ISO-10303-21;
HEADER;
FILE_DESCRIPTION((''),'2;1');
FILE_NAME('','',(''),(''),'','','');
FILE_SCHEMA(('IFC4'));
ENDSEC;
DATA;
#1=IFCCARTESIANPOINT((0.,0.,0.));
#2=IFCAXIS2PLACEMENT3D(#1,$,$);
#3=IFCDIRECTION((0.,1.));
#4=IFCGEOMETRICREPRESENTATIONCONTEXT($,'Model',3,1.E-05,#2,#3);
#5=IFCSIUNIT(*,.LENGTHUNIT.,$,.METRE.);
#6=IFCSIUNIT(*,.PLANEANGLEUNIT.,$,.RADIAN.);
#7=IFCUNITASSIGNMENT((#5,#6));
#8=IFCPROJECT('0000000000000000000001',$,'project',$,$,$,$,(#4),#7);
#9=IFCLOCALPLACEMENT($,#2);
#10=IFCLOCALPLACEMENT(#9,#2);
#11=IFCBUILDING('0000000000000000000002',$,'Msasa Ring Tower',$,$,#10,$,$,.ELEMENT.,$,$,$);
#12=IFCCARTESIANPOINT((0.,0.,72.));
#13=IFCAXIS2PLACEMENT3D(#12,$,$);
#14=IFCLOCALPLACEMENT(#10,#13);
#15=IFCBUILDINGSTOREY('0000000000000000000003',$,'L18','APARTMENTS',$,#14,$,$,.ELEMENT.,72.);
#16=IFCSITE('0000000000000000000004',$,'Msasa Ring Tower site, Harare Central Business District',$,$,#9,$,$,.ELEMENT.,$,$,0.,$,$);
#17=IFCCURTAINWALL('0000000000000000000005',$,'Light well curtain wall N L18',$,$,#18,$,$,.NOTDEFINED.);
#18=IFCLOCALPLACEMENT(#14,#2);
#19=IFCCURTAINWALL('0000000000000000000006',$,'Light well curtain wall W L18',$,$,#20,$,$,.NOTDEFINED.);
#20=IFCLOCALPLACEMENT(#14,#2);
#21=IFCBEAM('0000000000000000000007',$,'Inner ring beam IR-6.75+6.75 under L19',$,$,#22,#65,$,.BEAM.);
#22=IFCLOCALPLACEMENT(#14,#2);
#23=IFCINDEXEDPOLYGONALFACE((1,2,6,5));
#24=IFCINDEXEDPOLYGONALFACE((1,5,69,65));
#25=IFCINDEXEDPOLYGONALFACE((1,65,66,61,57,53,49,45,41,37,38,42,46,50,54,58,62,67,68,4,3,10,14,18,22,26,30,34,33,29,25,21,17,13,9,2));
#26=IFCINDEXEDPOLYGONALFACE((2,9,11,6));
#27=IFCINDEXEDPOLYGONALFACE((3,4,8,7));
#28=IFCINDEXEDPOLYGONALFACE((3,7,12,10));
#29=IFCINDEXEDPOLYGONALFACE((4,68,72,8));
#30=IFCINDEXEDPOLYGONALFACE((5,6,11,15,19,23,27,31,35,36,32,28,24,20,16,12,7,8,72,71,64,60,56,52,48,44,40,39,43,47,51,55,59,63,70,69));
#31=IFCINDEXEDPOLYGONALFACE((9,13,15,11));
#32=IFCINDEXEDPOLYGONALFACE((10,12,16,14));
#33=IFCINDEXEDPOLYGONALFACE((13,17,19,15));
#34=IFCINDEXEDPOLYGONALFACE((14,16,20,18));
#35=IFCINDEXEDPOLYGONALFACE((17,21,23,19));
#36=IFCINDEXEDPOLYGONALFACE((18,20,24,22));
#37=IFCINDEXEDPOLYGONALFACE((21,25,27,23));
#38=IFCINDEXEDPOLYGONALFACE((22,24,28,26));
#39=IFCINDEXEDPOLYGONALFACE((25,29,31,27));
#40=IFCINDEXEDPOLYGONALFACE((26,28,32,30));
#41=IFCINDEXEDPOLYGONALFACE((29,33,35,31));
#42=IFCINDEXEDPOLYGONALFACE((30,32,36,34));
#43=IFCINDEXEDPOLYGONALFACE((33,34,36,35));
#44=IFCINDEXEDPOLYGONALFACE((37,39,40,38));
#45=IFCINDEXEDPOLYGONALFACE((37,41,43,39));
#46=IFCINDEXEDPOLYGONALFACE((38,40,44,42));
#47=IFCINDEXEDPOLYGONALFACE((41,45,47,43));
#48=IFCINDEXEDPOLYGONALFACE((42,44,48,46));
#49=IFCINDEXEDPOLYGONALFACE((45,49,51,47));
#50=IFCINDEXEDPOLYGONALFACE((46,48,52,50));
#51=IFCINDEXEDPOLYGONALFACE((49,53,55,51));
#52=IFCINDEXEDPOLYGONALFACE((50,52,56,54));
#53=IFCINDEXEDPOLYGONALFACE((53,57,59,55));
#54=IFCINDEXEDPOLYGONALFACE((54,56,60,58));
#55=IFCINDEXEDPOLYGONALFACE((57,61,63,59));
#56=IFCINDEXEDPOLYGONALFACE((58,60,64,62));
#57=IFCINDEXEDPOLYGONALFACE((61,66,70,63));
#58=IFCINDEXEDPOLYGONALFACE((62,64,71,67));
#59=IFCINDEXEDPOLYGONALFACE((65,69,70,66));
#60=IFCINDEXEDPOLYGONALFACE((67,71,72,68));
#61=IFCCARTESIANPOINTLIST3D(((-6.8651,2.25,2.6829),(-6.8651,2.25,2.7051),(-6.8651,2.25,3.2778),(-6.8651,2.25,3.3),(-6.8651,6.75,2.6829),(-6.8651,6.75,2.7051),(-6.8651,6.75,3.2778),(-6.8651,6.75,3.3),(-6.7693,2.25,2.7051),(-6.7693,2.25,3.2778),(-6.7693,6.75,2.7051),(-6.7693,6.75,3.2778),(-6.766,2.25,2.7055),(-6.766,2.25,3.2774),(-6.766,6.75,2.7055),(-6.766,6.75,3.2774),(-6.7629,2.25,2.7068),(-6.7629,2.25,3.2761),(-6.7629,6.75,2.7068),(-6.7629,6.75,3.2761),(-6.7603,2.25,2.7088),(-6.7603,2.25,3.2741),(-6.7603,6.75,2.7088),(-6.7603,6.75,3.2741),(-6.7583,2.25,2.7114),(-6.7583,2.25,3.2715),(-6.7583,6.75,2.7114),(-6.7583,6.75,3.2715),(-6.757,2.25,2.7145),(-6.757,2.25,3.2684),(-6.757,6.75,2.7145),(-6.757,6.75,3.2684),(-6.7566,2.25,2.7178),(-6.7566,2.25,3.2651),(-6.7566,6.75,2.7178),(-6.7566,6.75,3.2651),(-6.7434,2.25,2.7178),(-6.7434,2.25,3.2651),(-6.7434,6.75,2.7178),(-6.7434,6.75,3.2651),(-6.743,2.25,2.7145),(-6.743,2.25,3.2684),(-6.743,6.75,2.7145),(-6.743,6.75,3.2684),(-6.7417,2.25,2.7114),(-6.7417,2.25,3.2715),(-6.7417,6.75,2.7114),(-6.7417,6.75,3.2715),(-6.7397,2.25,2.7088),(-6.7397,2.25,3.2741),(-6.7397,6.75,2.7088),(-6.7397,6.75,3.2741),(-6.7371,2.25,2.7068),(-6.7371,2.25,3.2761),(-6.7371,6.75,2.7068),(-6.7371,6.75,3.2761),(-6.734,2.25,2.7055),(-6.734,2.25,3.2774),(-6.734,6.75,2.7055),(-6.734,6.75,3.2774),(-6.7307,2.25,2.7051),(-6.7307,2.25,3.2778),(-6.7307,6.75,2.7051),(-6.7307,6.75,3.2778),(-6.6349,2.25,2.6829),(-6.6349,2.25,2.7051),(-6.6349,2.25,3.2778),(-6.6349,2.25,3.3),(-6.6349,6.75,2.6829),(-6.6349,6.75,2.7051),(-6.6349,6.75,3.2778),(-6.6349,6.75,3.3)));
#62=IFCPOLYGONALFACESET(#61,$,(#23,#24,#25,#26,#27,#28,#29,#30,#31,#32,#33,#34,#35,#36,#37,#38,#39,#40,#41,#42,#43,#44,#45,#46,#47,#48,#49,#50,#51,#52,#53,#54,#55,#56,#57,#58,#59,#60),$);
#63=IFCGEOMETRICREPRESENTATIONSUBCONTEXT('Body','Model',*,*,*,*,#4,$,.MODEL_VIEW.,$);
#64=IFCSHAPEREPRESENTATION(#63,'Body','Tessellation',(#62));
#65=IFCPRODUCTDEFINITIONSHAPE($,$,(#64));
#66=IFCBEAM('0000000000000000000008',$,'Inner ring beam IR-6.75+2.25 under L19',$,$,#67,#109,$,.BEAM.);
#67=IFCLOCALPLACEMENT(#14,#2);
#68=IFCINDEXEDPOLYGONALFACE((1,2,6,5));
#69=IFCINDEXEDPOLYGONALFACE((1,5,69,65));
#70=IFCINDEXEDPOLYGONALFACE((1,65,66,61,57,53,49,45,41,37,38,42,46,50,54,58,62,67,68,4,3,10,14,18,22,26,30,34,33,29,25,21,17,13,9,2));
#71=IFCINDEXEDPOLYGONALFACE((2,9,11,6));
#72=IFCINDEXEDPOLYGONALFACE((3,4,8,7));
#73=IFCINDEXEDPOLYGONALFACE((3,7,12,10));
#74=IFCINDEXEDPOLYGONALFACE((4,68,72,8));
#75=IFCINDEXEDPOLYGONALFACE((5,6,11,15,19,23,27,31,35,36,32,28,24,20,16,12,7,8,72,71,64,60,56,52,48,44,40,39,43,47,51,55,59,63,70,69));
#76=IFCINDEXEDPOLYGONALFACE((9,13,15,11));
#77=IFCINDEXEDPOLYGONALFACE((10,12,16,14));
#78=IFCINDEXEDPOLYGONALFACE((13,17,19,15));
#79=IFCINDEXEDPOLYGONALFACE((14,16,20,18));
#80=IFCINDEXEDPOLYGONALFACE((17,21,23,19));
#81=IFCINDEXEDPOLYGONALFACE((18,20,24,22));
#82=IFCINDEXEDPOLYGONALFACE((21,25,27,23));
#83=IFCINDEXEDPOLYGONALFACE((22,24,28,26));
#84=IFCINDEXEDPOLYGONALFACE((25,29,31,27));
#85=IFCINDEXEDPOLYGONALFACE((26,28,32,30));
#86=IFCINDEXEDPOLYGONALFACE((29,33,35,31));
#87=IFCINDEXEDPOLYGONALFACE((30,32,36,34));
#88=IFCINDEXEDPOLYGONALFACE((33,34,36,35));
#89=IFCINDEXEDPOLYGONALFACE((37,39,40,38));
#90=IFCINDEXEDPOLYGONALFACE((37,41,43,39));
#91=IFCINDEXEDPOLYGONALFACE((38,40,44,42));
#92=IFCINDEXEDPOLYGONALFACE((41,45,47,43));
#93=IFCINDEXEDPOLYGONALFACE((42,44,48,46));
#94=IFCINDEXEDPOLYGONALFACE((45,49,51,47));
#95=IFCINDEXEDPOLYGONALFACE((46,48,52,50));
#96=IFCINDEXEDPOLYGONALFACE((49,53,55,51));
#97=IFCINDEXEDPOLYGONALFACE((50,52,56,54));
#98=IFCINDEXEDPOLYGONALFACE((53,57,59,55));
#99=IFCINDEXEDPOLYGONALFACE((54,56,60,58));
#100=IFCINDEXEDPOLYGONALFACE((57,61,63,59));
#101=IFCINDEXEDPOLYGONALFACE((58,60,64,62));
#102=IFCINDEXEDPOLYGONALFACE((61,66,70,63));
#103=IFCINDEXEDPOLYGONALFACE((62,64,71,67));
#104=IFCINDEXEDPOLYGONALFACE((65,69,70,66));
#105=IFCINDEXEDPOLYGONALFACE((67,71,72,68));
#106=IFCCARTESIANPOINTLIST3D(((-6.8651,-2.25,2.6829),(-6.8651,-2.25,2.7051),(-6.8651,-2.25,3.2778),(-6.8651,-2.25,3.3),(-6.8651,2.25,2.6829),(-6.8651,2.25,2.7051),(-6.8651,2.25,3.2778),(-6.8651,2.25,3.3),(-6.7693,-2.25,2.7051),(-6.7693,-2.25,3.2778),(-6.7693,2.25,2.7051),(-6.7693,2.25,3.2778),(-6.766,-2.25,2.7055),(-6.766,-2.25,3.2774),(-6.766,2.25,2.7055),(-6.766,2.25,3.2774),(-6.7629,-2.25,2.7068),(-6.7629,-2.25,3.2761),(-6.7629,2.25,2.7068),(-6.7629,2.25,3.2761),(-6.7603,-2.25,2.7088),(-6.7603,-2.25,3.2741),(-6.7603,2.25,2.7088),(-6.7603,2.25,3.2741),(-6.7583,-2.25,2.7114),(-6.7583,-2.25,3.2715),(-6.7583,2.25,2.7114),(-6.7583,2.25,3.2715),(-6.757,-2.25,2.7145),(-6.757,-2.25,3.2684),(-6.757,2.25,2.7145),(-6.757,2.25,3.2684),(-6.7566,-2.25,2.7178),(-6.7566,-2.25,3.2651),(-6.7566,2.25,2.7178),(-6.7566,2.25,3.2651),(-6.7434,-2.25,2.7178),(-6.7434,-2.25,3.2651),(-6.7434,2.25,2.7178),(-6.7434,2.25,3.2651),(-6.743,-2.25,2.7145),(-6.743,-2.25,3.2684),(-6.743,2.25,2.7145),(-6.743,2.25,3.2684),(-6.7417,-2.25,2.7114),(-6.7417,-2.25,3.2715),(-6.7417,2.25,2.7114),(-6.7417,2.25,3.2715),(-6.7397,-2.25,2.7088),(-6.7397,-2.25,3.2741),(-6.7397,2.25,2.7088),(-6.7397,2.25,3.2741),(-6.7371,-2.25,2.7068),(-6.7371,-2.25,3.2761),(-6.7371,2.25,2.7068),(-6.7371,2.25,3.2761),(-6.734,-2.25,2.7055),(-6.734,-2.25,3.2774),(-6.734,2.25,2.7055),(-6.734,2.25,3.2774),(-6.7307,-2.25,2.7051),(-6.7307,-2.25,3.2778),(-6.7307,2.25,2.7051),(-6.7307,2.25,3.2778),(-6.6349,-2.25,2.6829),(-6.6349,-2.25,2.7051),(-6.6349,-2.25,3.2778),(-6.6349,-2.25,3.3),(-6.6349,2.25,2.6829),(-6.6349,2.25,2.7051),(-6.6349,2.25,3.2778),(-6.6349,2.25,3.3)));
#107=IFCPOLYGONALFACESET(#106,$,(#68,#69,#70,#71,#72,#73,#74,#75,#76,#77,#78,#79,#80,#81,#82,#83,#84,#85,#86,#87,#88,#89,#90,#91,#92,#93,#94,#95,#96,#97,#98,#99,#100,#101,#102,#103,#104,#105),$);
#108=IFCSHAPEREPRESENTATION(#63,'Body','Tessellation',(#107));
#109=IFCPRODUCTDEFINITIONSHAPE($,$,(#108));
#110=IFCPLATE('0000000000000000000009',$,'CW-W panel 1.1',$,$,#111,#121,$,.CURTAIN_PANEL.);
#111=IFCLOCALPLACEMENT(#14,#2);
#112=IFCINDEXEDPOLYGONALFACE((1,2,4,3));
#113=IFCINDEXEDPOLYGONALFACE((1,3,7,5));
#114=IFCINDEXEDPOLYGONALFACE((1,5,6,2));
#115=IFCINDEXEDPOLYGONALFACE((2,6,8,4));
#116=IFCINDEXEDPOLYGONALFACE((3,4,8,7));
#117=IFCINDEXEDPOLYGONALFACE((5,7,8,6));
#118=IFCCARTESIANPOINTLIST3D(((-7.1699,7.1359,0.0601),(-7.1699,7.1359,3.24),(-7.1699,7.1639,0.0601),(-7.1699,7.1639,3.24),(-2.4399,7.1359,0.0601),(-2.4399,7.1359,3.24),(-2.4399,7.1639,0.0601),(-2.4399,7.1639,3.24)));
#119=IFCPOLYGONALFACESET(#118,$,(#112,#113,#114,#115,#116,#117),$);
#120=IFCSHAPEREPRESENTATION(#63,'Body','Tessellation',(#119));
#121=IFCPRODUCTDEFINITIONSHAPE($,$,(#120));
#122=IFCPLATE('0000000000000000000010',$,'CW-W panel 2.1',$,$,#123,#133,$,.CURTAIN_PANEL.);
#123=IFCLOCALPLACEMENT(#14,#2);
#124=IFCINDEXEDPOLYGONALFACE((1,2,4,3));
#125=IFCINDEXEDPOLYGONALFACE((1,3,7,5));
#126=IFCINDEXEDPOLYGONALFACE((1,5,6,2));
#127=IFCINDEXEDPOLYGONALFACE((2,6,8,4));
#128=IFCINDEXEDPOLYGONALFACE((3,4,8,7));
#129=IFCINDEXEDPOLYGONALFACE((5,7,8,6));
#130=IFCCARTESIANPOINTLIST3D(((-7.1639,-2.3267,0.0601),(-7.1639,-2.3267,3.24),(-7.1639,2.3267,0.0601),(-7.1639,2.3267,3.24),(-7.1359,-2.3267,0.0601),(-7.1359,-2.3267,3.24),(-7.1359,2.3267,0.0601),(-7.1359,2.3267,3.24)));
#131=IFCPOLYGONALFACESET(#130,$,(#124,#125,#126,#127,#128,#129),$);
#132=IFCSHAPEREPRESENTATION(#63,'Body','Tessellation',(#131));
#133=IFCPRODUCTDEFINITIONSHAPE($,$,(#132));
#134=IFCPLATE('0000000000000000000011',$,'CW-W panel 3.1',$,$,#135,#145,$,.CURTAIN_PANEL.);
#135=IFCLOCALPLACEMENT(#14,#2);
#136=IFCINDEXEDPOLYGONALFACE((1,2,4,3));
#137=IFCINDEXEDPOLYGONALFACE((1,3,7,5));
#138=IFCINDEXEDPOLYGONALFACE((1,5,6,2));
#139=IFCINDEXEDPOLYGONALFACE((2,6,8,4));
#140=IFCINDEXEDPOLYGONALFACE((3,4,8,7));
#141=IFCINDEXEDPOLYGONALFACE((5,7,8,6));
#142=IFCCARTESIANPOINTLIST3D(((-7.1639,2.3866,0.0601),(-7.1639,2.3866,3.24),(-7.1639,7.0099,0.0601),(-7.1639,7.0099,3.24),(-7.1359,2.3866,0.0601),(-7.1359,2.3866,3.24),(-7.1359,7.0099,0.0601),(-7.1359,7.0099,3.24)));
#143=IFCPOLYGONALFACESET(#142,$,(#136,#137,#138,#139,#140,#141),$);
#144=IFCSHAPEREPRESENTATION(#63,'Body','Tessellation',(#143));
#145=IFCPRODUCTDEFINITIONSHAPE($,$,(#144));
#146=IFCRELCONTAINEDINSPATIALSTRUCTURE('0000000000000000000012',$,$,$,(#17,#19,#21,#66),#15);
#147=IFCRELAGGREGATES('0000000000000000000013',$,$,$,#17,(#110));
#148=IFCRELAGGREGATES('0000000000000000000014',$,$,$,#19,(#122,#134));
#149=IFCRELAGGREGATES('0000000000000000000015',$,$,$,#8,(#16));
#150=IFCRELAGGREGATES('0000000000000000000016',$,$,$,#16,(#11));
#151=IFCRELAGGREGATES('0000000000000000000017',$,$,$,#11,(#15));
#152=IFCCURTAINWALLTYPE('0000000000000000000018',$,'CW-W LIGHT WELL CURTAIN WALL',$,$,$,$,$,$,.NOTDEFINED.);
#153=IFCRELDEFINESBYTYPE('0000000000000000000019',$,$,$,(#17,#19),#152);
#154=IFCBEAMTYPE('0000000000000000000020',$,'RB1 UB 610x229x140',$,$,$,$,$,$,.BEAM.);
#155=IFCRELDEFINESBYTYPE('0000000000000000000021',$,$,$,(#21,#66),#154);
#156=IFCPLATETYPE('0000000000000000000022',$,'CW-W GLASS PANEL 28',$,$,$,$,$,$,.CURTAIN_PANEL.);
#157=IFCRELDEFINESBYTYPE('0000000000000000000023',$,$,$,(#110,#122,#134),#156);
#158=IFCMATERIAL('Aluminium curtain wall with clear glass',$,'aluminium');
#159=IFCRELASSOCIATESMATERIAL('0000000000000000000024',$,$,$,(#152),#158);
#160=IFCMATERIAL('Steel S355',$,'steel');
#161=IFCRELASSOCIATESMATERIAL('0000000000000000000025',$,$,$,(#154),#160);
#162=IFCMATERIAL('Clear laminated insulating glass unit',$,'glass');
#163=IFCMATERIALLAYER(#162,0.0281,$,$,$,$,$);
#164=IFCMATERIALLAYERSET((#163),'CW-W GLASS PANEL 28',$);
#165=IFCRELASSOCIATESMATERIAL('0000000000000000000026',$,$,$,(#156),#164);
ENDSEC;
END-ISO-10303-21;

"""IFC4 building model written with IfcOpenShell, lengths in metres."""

from ifc_helpers import new_model, si_unit, direction, frame, origin, origin_2d, place, context, subcontext, project, spatial, rectangle, i_section, extrude, material, layer, layer_set, material_profile, profile_set, type_object, element, aggregate, save


model = new_model("IFC4")

# Units and contexts
model_context = context("Model", 3, precision=1e-05, world=origin(), true_north=direction((0.0, 1.0)))
body_context = subcontext(model_context, "Body", "Model", "MODEL_VIEW")
ifc_project = project(units=[si_unit("LENGTHUNIT", "METRE"), si_unit("PLANEANGLEUNIT", "RADIAN")], contexts=[model_context])

# Site, building, storey
site_placement = place(None, origin())
site = spatial("IfcSite", under=ifc_project, at=site_placement, Name="Msasa Ring Tower site, Harare Central Business District", CompositionType="ELEMENT", RefElevation=0.0)
building_placement = place(site_placement, origin())
building = spatial("IfcBuilding", under=site, at=building_placement, Name="Msasa Ring Tower", CompositionType="ELEMENT")
storey_placement = place(building_placement, frame((0.0, 0.0, 72.0)))
storey = spatial("IfcBuildingStorey", under=building, at=storey_placement, Name="L18", Description="APARTMENTS", CompositionType="ELEMENT", Elevation=72.0)

# Curtain wall
ifc_material_1 = material(Name="Aluminium curtain wall with clear glass", Category="aluminium")
curtain_wall_type = type_object("IfcCurtainWallType", Name="CW-W LIGHT WELL CURTAIN WALL", PredefinedType="NOTDEFINED", material=ifc_material_1)
curtain_wall_1_placement = place(storey_placement, origin())
curtain_wall_1 = element("IfcCurtainWall", 1, at=curtain_wall_1_placement, inside=storey, type_object=curtain_wall_type, Name="Light well curtain wall N L18", PredefinedType="NOTDEFINED")

# Curtain wall
curtain_wall_2_placement = place(storey_placement, origin())
curtain_wall_2 = element("IfcCurtainWall", 2, at=curtain_wall_2_placement, inside=storey, type_object=curtain_wall_type, Name="Light well curtain wall W L18", PredefinedType="NOTDEFINED")

# Beams
ifc_material_2 = material(Name="Steel S355", Category="steel")
ifc_material_profile_1 = material_profile(ifc_material_2, i_section(OverallWidth=0.2302, OverallDepth=0.6172, WebThickness=0.0132, FlangeThickness=0.0222, FilletRadius=0.0127, at=origin_2d()), Name="UB 610x229x140")
ifc_profile_set_1 = profile_set([ifc_material_profile_1], Name="Steel S355")
beam_type = type_object("IfcBeamType", Name="RB1 UB 610x229x140", PredefinedType="BEAM", material=ifc_profile_set_1)
for number, where, z_axis, x_axis, name in (
    (3, (-6.75, 6.75, 2.9915), (0.0, -1.0, 0.0), (1.0, 0.0, 0.0), "Inner ring beam IR-6.75+6.75 under L19"),
    (4, (-6.75, 2.25, 2.9915), (0.0, -1.0, 0.0), (1.0, 0.0, 0.0), "Inner ring beam IR-6.75+2.25 under L19"),
):
    element("IfcBeam", number, at=place(storey_placement, frame(where, z_axis=z_axis, x_axis=x_axis)), inside=storey, type_object=beam_type, Name=name, PredefinedType="BEAM", context=body_context, shape_type="SweptSolid", body=[
        extrude(i_section(OverallWidth=0.2302, OverallDepth=0.6172, WebThickness=0.0132, FlangeThickness=0.0222, FilletRadius=0.0127, at=origin_2d()), origin(), (0.0, 0.0, 1.0), 4.5),
    ])

# Plates
ifc_material_3 = material(Name="Clear laminated insulating glass unit", Category="glass")
ifc_layer_1 = layer(ifc_material_3, 0.0281)
ifc_layer_set_1 = layer_set([ifc_layer_1], Name="CW-W GLASS PANEL 28")
plate_type = type_object("IfcPlateType", Name="CW-W GLASS PANEL 28", PredefinedType="CURTAIN_PANEL", material=ifc_layer_set_1)
plate_1_placement = place(storey_placement, frame((-4.8049, 7.1499, 0.0601), z_axis=(0.0, 0.0, 1.0), x_axis=(1.0, 0.0, 0.0)))
plate_1 = element("IfcPlate", 5, at=plate_1_placement, type_object=plate_type, Name="CW-W panel 1.1", PredefinedType="CURTAIN_PANEL", context=body_context, shape_type="SweptSolid", body=[
    extrude(rectangle(XDim=4.73, YDim=0.0281, at=origin_2d()), origin(), (0.0, 0.0, 1.0), 3.1799),
])
aggregate(curtain_wall_1, [plate_1])
plate_2_placement = place(storey_placement, frame((-7.1499, 0.0, 0.0601), z_axis=(0.0, 0.0, 1.0), x_axis=(0.0, 1.0, 0.0)))
plate_2 = element("IfcPlate", 6, at=plate_2_placement, type_object=plate_type, Name="CW-W panel 2.1", PredefinedType="CURTAIN_PANEL", context=body_context, shape_type="SweptSolid", body=[
    extrude(rectangle(XDim=4.6533, YDim=0.0281, at=origin_2d()), origin(), (0.0, 0.0, 1.0), 3.1799),
])
plate_3_placement = place(storey_placement, frame((-7.1499, 4.6982, 0.0601), z_axis=(0.0, 0.0, 1.0), x_axis=(0.0, 1.0, 0.0)))
plate_3 = element("IfcPlate", 7, at=plate_3_placement, type_object=plate_type, Name="CW-W panel 3.1", PredefinedType="CURTAIN_PANEL", context=body_context, shape_type="SweptSolid", body=[
    extrude(rectangle(XDim=4.6233, YDim=0.0281, at=origin_2d()), origin(), (0.0, 0.0, 1.0), 3.1799),
])
aggregate(curtain_wall_2, [plate_2, plate_3])

save(model, "model.ifc")
